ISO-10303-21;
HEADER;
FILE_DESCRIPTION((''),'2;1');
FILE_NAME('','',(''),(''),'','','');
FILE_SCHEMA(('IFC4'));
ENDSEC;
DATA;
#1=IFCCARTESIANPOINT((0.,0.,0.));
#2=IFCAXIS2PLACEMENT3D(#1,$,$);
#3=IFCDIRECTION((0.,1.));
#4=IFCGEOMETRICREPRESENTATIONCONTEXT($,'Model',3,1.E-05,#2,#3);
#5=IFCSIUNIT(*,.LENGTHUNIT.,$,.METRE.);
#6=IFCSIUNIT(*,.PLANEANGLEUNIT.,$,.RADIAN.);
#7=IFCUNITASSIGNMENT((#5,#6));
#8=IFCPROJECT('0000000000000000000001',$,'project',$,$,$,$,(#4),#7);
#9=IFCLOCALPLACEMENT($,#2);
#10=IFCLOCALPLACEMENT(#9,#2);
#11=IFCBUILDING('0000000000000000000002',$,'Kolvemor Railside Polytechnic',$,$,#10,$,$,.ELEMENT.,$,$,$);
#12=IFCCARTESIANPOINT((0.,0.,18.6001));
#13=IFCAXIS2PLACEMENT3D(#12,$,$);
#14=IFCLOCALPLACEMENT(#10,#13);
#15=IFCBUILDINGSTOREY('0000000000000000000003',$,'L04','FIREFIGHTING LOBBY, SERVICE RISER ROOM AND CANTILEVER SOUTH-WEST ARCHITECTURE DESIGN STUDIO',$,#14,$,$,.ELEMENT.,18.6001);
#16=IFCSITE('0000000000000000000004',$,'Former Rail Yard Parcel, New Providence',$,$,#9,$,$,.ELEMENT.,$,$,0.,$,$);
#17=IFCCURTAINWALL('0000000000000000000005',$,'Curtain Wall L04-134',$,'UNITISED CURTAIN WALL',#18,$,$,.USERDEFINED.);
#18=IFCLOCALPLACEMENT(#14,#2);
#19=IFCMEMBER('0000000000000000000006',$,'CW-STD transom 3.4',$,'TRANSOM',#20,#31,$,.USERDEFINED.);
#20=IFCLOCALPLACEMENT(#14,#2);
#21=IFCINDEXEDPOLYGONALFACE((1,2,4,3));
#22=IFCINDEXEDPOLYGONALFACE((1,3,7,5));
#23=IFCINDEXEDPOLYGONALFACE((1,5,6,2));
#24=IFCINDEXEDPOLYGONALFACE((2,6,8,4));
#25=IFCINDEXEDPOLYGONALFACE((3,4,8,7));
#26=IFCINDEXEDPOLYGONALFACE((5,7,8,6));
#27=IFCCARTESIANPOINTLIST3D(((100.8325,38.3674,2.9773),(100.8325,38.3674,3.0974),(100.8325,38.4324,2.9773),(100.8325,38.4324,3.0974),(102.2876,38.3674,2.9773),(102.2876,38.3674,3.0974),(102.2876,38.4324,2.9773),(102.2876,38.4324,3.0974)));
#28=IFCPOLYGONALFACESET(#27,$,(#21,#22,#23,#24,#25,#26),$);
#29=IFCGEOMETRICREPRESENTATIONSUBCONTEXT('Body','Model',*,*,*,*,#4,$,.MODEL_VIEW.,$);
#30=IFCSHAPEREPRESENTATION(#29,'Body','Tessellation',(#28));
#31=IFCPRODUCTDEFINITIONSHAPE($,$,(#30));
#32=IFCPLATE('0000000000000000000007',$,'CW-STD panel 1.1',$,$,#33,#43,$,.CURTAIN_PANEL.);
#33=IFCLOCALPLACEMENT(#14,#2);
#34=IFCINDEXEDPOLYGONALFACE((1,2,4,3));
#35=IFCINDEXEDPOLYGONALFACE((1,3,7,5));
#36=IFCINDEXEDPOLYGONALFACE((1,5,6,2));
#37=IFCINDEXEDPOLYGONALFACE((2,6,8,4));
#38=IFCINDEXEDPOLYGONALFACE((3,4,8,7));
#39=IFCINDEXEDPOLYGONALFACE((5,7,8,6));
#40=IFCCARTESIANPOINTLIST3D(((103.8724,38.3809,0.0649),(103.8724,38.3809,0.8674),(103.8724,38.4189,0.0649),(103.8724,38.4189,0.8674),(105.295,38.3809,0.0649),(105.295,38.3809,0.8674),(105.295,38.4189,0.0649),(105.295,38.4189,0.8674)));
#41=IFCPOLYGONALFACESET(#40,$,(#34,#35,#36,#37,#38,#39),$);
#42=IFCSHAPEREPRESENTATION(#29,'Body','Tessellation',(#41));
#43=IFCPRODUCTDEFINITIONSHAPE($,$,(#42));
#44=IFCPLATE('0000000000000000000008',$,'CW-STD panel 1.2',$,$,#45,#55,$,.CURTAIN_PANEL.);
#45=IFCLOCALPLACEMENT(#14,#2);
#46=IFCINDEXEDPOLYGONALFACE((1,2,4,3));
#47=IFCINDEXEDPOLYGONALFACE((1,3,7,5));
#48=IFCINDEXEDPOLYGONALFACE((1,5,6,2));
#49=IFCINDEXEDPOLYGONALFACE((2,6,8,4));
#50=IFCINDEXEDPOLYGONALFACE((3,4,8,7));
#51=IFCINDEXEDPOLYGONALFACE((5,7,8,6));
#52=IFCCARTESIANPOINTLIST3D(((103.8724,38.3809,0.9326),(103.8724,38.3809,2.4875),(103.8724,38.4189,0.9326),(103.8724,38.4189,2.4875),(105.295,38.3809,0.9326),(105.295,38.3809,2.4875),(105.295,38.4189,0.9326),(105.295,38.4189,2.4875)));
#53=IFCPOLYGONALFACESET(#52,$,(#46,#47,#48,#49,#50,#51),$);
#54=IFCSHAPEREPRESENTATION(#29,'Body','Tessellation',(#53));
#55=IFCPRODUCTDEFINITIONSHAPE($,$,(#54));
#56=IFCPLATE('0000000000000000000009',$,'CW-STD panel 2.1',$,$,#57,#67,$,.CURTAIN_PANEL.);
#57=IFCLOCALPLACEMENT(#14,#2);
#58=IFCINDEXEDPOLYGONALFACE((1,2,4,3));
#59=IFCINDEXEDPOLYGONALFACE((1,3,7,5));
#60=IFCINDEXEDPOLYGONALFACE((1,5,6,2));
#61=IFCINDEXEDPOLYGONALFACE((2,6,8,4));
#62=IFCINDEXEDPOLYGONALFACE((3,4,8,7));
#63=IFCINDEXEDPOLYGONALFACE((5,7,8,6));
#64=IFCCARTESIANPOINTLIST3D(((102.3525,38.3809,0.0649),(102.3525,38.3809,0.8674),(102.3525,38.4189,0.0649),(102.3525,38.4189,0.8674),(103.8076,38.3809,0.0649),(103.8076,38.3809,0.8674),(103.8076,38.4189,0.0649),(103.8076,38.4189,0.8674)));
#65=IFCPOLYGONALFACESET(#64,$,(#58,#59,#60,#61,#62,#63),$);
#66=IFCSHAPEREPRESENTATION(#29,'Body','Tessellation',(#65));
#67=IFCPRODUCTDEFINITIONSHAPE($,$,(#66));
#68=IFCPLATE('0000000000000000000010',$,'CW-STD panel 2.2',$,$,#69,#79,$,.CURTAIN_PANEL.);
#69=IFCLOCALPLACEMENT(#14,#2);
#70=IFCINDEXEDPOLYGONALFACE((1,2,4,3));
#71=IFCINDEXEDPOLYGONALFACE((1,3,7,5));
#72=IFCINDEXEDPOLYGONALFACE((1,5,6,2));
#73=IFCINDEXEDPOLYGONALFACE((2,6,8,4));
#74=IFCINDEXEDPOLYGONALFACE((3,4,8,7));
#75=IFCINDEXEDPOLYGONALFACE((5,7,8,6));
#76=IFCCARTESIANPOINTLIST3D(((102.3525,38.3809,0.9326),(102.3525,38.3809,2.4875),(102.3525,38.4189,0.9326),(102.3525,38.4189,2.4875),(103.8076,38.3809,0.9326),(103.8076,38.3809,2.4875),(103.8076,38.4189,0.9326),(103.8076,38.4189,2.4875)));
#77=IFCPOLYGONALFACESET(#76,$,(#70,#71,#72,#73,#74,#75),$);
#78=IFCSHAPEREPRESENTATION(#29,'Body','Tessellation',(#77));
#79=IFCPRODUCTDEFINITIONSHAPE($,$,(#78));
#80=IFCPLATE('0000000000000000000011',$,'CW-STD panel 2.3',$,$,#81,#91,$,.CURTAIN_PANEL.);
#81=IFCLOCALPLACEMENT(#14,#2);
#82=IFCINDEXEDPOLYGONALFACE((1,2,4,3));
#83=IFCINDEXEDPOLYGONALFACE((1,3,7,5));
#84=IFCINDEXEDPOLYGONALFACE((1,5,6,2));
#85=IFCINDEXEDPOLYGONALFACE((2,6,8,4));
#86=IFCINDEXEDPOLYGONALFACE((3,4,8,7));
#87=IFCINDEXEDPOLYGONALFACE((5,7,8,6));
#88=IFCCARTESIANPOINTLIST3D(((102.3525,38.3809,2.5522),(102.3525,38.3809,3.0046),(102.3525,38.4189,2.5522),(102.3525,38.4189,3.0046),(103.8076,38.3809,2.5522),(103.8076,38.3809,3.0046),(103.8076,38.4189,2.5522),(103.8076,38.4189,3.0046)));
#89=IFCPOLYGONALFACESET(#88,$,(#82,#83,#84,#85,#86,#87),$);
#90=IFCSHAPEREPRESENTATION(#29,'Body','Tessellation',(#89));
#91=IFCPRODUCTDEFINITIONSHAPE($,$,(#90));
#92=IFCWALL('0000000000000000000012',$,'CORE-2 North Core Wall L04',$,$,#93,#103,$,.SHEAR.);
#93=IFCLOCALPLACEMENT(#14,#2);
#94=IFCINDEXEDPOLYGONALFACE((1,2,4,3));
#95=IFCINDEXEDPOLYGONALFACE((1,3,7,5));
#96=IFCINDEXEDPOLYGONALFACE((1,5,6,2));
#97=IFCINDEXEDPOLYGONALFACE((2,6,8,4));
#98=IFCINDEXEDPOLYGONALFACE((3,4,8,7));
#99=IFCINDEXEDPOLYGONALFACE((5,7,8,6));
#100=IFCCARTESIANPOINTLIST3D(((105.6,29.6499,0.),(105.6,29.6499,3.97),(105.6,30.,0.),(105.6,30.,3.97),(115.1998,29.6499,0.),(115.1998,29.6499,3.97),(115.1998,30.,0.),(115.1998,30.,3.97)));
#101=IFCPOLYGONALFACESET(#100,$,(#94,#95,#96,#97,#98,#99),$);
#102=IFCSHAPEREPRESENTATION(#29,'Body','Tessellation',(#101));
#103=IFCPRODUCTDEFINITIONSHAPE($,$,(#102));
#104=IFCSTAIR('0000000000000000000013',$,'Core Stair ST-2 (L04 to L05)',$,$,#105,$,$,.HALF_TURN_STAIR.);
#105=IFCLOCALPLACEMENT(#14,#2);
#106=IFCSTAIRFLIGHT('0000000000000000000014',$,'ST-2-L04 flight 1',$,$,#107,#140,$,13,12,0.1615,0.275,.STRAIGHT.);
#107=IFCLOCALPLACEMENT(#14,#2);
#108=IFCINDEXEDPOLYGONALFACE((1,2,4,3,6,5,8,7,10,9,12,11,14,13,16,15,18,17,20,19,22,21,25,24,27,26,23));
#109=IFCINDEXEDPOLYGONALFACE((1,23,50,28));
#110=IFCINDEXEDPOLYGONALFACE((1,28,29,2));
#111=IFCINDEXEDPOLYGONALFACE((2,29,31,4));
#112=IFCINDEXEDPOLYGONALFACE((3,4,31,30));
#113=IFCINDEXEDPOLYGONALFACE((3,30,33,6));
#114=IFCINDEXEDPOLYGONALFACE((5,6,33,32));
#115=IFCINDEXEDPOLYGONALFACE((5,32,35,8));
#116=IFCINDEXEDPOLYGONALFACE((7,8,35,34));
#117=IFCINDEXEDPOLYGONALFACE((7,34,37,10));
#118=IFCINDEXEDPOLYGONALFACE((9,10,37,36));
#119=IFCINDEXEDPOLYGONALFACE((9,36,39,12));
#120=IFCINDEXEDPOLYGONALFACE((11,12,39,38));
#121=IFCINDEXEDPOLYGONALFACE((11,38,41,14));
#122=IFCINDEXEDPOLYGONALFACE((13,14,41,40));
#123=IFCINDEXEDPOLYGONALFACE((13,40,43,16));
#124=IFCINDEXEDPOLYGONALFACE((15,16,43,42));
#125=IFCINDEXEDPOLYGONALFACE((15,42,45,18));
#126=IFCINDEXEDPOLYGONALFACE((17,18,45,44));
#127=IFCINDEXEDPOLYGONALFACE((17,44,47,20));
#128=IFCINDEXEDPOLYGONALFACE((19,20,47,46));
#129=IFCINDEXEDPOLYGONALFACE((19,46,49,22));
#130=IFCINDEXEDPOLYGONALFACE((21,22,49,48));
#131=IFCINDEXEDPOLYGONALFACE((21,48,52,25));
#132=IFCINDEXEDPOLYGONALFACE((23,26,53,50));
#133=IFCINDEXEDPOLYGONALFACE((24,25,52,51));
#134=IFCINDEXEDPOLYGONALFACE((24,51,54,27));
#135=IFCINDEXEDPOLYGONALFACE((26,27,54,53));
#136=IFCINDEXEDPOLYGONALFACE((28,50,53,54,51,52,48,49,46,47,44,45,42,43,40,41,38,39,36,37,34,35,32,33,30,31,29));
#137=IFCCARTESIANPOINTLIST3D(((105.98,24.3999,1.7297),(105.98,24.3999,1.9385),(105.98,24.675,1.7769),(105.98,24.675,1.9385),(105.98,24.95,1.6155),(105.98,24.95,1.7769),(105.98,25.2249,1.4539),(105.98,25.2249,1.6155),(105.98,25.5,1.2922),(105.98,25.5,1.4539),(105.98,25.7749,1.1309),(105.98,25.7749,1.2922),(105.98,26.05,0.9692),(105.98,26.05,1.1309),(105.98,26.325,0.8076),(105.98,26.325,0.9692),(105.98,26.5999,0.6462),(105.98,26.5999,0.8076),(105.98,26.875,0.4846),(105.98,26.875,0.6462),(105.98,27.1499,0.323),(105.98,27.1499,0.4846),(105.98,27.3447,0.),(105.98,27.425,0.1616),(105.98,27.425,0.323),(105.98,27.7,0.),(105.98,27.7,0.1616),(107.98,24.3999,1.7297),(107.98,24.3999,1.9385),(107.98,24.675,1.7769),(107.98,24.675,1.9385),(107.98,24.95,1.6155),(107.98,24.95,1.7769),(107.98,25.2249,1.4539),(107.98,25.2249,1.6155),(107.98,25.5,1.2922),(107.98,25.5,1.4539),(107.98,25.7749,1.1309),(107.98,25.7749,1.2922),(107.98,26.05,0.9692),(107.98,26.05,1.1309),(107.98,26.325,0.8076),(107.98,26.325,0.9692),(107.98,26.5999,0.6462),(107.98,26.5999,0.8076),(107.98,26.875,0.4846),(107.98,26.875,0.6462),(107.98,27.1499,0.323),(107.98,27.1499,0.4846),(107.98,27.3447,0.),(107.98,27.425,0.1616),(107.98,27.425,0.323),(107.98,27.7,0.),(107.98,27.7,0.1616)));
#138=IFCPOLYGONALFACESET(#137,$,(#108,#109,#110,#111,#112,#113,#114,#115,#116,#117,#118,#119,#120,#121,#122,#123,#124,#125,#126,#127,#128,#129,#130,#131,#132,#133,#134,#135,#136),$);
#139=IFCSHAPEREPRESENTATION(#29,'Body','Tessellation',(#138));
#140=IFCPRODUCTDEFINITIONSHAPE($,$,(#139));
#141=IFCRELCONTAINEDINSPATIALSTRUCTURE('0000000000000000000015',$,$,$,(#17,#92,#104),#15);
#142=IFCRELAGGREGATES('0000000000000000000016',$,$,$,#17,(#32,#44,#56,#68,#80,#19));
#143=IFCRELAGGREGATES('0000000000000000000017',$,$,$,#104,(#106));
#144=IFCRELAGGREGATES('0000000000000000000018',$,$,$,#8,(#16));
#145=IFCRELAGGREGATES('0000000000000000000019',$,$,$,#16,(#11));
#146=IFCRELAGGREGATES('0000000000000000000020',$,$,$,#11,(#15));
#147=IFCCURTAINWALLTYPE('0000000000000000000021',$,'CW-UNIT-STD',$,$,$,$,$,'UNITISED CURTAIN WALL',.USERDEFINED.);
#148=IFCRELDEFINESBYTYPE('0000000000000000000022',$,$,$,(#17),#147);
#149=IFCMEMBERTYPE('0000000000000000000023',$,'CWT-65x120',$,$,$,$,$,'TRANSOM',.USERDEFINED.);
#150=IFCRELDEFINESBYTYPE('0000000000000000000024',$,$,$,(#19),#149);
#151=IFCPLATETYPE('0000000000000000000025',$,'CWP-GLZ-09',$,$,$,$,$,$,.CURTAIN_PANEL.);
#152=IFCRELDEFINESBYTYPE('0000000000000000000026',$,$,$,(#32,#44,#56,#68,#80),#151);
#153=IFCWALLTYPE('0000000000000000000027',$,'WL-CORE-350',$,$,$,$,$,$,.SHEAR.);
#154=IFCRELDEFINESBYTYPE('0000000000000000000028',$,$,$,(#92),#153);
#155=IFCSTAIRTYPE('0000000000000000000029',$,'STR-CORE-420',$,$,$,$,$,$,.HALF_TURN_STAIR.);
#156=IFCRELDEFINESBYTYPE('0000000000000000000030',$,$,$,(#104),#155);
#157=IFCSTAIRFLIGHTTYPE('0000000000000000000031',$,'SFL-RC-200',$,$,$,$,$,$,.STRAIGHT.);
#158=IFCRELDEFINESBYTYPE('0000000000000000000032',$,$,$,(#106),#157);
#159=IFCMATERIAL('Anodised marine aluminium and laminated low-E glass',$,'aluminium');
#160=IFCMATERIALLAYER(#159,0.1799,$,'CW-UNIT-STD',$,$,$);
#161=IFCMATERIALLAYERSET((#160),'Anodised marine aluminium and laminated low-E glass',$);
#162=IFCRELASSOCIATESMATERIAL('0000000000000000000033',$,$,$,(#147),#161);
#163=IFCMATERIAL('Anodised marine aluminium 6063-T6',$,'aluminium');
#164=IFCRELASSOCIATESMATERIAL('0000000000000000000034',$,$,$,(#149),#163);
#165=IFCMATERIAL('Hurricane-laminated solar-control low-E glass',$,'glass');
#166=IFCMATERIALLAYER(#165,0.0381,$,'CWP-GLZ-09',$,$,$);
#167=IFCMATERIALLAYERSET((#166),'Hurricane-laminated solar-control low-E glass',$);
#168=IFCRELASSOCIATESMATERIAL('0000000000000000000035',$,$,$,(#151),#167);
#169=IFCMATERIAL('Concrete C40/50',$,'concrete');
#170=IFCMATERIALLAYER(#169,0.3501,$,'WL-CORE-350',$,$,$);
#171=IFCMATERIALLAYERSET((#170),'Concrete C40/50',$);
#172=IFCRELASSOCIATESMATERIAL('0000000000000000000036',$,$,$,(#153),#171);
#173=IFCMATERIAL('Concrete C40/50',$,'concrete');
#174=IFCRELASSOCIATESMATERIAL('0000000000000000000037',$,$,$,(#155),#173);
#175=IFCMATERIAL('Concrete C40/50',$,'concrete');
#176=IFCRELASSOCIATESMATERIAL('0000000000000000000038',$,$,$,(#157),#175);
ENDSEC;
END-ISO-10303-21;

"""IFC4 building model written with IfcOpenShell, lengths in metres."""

from ifc_helpers import new_model, si_unit, direction, frame, frame_2d, origin, origin_2d, place, context, subcontext, project, spatial, polyline, rectangle, outline, extrude, material, layer, layer_set, material_profile, profile_set, type_object, element, aggregate, save


model = new_model("IFC4")

# Units and contexts
model_context = context("Model", 3, precision=1e-05, world=origin(), true_north=direction((0.0, 1.0)))
body_context = subcontext(model_context, "Body", "Model", "MODEL_VIEW")
ifc_project = project(units=[si_unit("LENGTHUNIT", "METRE"), si_unit("PLANEANGLEUNIT", "RADIAN")], contexts=[model_context])

# Site, building, storey
site_placement = place(None, origin())
site = spatial("IfcSite", under=ifc_project, at=site_placement, Name="Former Rail Yard Parcel, New Providence", CompositionType="ELEMENT", RefElevation=0.0)
building_placement = place(site_placement, origin())
building = spatial("IfcBuilding", under=site, at=building_placement, Name="Kolvemor Railside Polytechnic", CompositionType="ELEMENT")
storey_placement = place(building_placement, frame((0.0, 0.0, 18.6001)))
storey = spatial("IfcBuildingStorey", under=building, at=storey_placement, Name="L04", Description="FIREFIGHTING LOBBY, SERVICE RISER ROOM AND CANTILEVER SOUTH-WEST ARCHITECTURE DESIGN STUDIO", CompositionType="ELEMENT", Elevation=18.6001)

# Curtain wall, member, plates
ifc_material_1 = material(Name="Anodised marine aluminium and laminated low-E glass", Category="aluminium")
ifc_layer_1 = layer(ifc_material_1, 0.1799, Name="CW-UNIT-STD")
ifc_layer_set_1 = layer_set([ifc_layer_1], Name="Anodised marine aluminium and laminated low-E glass")
curtain_wall_type = type_object("IfcCurtainWallType", Name="CW-UNIT-STD", ElementType="UNITISED CURTAIN WALL", PredefinedType="USERDEFINED", material=ifc_layer_set_1)
curtain_wall_placement = place(storey_placement, origin())
curtain_wall = element("IfcCurtainWall", 1, at=curtain_wall_placement, inside=storey, type_object=curtain_wall_type, Name="Curtain Wall L04-134", ObjectType="UNITISED CURTAIN WALL", PredefinedType="USERDEFINED")
ifc_material_2 = material(Name="Anodised marine aluminium 6063-T6", Category="aluminium")
ifc_material_profile_1 = material_profile(ifc_material_2, rectangle(XDim=0.0649, YDim=0.1201, at=origin_2d()), Name="CW-TRN-65x120")
ifc_profile_set_1 = profile_set([ifc_material_profile_1], Name="Anodised marine aluminium 6063-T6")
member_type_1 = type_object("IfcMemberType", Name="CWT-65x120", ElementType="TRANSOM", PredefinedType="USERDEFINED", material=ifc_profile_set_1)
member_1_placement = place(storey_placement, frame((102.2876, 38.3999, 3.0374), z_axis=(-1.0, 0.0, 0.0), x_axis=(0.0, -1.0, 0.0)))
member_1 = element("IfcMember", 2, at=member_1_placement, type_object=member_type_1, Name="CW-STD transom 3.4", ObjectType="TRANSOM", PredefinedType="USERDEFINED", context=body_context, shape_type="SweptSolid", body=[
    extrude(rectangle(XDim=0.0649, YDim=0.1201, at=origin_2d()), origin(), (0.0, 0.0, 1.0), 1.4551),
])
ifc_material_3 = material(Name="Hurricane-laminated solar-control low-E glass", Category="glass")
ifc_layer_2 = layer(ifc_material_3, 0.0381, Name="CWP-GLZ-09")
ifc_layer_set_2 = layer_set([ifc_layer_2], Name="Hurricane-laminated solar-control low-E glass")
plate_type = type_object("IfcPlateType", Name="CWP-GLZ-09", PredefinedType="CURTAIN_PANEL", material=ifc_layer_set_2)
plate_1_placement = place(storey_placement, frame((104.5837, 38.3999, 0.0649), z_axis=(0.0, 0.0, 1.0), x_axis=(-1.0, 0.0, 0.0)))
plate_1 = element("IfcPlate", 3, at=plate_1_placement, type_object=plate_type, Name="CW-STD panel 1.1", PredefinedType="CURTAIN_PANEL", context=body_context, shape_type="SweptSolid", body=[
    extrude(rectangle(XDim=1.4226, YDim=0.0381, at=origin_2d()), origin(), (0.0, 0.0, 1.0), 0.8025),
])
plate_2_placement = place(storey_placement, frame((104.5837, 38.3999, 0.9326), z_axis=(0.0, 0.0, 1.0), x_axis=(-1.0, 0.0, 0.0)))
plate_2 = element("IfcPlate", 4, at=plate_2_placement, type_object=plate_type, Name="CW-STD panel 1.2", PredefinedType="CURTAIN_PANEL", context=body_context, shape_type="SweptSolid", body=[
    extrude(rectangle(XDim=1.4226, YDim=0.0381, at=origin_2d()), origin(), (0.0, 0.0, 1.0), 1.5549),
])
plate_3_placement = place(storey_placement, frame((103.0801, 38.3999, 0.0649), z_axis=(0.0, 0.0, 1.0), x_axis=(-1.0, 0.0, 0.0)))
plate_3 = element("IfcPlate", 5, at=plate_3_placement, type_object=plate_type, Name="CW-STD panel 2.1", PredefinedType="CURTAIN_PANEL", context=body_context, shape_type="SweptSolid", body=[
    extrude(rectangle(XDim=1.4551, YDim=0.0381, at=origin_2d()), origin(), (0.0, 0.0, 1.0), 0.8025),
])
plate_4_placement = place(storey_placement, frame((103.0801, 38.3999, 0.9326), z_axis=(0.0, 0.0, 1.0), x_axis=(-1.0, 0.0, 0.0)))
plate_4 = element("IfcPlate", 6, at=plate_4_placement, type_object=plate_type, Name="CW-STD panel 2.2", PredefinedType="CURTAIN_PANEL", context=body_context, shape_type="SweptSolid", body=[
    extrude(rectangle(XDim=1.4551, YDim=0.0381, at=origin_2d()), origin(), (0.0, 0.0, 1.0), 1.5549),
])
plate_5_placement = place(storey_placement, frame((103.0801, 38.3999, 2.5522), z_axis=(0.0, 0.0, 1.0), x_axis=(-1.0, 0.0, 0.0)))
plate_5 = element("IfcPlate", 7, at=plate_5_placement, type_object=plate_type, Name="CW-STD panel 2.3", PredefinedType="CURTAIN_PANEL", context=body_context, shape_type="SweptSolid", body=[
    extrude(rectangle(XDim=1.4551, YDim=0.0381, at=origin_2d()), origin(), (0.0, 0.0, 1.0), 0.4524),
])
aggregate(curtain_wall, [plate_1, plate_2, plate_3, plate_4, plate_5, member_1])

# Wall
ifc_material_4 = material(Name="Concrete C40/50", Category="concrete")
ifc_layer_3 = layer(ifc_material_4, 0.3501, Name="WL-CORE-350")
ifc_layer_set_3 = layer_set([ifc_layer_3], Name="Concrete C40/50")
wall_type = type_object("IfcWallType", Name="WL-CORE-350", PredefinedType="SHEAR", material=ifc_layer_set_3)
wall_placement = place(storey_placement, frame((105.6001, 29.825, 0.0), z_axis=(0.0, 0.0, 1.0), x_axis=(1.0, 0.0, 0.0)))
element("IfcWall", 8, at=wall_placement, inside=storey, type_object=wall_type, Name="CORE-2 North Core Wall L04", PredefinedType="SHEAR", context=body_context, shape_type="SweptSolid", body=[
    extrude(rectangle(XDim=9.5999, YDim=0.3501, at=frame_2d((4.7998, 0.0))), origin(), (0.0, 0.0, 1.0), 3.97),
])

# Stair, stair flight
ifc_material_5 = material(Name="Concrete C40/50", Category="concrete")
stair_type = type_object("IfcStairType", Name="STR-CORE-420", PredefinedType="HALF_TURN_STAIR", material=ifc_material_5)
stair_placement = place(storey_placement, origin())
stair = element("IfcStair", 9, at=stair_placement, inside=storey, type_object=stair_type, Name="Core Stair ST-2 (L04 to L05)", PredefinedType="HALF_TURN_STAIR")
ifc_material_6 = material(Name="Concrete C40/50", Category="concrete")
stair_flight_type = type_object("IfcStairFlightType", Name="SFL-RC-200", PredefinedType="STRAIGHT", material=ifc_material_6)
stair_flight_placement = place(storey_placement, frame((106.98, 27.7, 0.0), z_axis=(0.0, 0.0, 1.0), x_axis=(0.0, -1.0, 0.0)))
stair_flight = element("IfcStairFlight", 10, at=stair_flight_placement, type_object=stair_flight_type, Name="ST-2-L04 flight 1", NumberOfRisers=13, NumberOfTreads=12, PredefinedType="STRAIGHT", RiserHeight=0.1615, TreadLength=0.275, context=body_context, shape_type="SweptSolid", body=[
    extrude(outline(polyline([(0.0, 0.0), (0.0, 0.1616), (0.2749, 0.1616), (0.2749, 0.323), (0.55, 0.323), (0.55, 0.4846), (0.825, 0.4846), (0.825, 0.6462), (1.1001, 0.6462), (1.1001, 0.8076), (1.375, 0.8076), (1.375, 0.9692), (1.6499, 0.9692), (1.6499, 1.1309), (1.925, 1.1309), (1.925, 1.2922), (2.2, 1.2922), (2.2, 1.4539), (2.4751, 1.4539), (2.4751, 1.6155), (2.75, 1.6155), (2.75, 1.7769), (3.0249, 1.7769), (3.0249, 1.9385), (3.3, 1.9385), (3.3, 2.1001), (3.3, 1.7297), (0.3552, 0.0), (0.0, 0.0)])), frame((0.0, 1.0, 0.0), z_axis=(0.0, -1.0, 0.0), x_axis=(1.0, 0.0, 0.0)), (0.0, 0.0, 1.0), 2.0),
])
aggregate(stair, [stair_flight])

save(model, "model.ifc")
